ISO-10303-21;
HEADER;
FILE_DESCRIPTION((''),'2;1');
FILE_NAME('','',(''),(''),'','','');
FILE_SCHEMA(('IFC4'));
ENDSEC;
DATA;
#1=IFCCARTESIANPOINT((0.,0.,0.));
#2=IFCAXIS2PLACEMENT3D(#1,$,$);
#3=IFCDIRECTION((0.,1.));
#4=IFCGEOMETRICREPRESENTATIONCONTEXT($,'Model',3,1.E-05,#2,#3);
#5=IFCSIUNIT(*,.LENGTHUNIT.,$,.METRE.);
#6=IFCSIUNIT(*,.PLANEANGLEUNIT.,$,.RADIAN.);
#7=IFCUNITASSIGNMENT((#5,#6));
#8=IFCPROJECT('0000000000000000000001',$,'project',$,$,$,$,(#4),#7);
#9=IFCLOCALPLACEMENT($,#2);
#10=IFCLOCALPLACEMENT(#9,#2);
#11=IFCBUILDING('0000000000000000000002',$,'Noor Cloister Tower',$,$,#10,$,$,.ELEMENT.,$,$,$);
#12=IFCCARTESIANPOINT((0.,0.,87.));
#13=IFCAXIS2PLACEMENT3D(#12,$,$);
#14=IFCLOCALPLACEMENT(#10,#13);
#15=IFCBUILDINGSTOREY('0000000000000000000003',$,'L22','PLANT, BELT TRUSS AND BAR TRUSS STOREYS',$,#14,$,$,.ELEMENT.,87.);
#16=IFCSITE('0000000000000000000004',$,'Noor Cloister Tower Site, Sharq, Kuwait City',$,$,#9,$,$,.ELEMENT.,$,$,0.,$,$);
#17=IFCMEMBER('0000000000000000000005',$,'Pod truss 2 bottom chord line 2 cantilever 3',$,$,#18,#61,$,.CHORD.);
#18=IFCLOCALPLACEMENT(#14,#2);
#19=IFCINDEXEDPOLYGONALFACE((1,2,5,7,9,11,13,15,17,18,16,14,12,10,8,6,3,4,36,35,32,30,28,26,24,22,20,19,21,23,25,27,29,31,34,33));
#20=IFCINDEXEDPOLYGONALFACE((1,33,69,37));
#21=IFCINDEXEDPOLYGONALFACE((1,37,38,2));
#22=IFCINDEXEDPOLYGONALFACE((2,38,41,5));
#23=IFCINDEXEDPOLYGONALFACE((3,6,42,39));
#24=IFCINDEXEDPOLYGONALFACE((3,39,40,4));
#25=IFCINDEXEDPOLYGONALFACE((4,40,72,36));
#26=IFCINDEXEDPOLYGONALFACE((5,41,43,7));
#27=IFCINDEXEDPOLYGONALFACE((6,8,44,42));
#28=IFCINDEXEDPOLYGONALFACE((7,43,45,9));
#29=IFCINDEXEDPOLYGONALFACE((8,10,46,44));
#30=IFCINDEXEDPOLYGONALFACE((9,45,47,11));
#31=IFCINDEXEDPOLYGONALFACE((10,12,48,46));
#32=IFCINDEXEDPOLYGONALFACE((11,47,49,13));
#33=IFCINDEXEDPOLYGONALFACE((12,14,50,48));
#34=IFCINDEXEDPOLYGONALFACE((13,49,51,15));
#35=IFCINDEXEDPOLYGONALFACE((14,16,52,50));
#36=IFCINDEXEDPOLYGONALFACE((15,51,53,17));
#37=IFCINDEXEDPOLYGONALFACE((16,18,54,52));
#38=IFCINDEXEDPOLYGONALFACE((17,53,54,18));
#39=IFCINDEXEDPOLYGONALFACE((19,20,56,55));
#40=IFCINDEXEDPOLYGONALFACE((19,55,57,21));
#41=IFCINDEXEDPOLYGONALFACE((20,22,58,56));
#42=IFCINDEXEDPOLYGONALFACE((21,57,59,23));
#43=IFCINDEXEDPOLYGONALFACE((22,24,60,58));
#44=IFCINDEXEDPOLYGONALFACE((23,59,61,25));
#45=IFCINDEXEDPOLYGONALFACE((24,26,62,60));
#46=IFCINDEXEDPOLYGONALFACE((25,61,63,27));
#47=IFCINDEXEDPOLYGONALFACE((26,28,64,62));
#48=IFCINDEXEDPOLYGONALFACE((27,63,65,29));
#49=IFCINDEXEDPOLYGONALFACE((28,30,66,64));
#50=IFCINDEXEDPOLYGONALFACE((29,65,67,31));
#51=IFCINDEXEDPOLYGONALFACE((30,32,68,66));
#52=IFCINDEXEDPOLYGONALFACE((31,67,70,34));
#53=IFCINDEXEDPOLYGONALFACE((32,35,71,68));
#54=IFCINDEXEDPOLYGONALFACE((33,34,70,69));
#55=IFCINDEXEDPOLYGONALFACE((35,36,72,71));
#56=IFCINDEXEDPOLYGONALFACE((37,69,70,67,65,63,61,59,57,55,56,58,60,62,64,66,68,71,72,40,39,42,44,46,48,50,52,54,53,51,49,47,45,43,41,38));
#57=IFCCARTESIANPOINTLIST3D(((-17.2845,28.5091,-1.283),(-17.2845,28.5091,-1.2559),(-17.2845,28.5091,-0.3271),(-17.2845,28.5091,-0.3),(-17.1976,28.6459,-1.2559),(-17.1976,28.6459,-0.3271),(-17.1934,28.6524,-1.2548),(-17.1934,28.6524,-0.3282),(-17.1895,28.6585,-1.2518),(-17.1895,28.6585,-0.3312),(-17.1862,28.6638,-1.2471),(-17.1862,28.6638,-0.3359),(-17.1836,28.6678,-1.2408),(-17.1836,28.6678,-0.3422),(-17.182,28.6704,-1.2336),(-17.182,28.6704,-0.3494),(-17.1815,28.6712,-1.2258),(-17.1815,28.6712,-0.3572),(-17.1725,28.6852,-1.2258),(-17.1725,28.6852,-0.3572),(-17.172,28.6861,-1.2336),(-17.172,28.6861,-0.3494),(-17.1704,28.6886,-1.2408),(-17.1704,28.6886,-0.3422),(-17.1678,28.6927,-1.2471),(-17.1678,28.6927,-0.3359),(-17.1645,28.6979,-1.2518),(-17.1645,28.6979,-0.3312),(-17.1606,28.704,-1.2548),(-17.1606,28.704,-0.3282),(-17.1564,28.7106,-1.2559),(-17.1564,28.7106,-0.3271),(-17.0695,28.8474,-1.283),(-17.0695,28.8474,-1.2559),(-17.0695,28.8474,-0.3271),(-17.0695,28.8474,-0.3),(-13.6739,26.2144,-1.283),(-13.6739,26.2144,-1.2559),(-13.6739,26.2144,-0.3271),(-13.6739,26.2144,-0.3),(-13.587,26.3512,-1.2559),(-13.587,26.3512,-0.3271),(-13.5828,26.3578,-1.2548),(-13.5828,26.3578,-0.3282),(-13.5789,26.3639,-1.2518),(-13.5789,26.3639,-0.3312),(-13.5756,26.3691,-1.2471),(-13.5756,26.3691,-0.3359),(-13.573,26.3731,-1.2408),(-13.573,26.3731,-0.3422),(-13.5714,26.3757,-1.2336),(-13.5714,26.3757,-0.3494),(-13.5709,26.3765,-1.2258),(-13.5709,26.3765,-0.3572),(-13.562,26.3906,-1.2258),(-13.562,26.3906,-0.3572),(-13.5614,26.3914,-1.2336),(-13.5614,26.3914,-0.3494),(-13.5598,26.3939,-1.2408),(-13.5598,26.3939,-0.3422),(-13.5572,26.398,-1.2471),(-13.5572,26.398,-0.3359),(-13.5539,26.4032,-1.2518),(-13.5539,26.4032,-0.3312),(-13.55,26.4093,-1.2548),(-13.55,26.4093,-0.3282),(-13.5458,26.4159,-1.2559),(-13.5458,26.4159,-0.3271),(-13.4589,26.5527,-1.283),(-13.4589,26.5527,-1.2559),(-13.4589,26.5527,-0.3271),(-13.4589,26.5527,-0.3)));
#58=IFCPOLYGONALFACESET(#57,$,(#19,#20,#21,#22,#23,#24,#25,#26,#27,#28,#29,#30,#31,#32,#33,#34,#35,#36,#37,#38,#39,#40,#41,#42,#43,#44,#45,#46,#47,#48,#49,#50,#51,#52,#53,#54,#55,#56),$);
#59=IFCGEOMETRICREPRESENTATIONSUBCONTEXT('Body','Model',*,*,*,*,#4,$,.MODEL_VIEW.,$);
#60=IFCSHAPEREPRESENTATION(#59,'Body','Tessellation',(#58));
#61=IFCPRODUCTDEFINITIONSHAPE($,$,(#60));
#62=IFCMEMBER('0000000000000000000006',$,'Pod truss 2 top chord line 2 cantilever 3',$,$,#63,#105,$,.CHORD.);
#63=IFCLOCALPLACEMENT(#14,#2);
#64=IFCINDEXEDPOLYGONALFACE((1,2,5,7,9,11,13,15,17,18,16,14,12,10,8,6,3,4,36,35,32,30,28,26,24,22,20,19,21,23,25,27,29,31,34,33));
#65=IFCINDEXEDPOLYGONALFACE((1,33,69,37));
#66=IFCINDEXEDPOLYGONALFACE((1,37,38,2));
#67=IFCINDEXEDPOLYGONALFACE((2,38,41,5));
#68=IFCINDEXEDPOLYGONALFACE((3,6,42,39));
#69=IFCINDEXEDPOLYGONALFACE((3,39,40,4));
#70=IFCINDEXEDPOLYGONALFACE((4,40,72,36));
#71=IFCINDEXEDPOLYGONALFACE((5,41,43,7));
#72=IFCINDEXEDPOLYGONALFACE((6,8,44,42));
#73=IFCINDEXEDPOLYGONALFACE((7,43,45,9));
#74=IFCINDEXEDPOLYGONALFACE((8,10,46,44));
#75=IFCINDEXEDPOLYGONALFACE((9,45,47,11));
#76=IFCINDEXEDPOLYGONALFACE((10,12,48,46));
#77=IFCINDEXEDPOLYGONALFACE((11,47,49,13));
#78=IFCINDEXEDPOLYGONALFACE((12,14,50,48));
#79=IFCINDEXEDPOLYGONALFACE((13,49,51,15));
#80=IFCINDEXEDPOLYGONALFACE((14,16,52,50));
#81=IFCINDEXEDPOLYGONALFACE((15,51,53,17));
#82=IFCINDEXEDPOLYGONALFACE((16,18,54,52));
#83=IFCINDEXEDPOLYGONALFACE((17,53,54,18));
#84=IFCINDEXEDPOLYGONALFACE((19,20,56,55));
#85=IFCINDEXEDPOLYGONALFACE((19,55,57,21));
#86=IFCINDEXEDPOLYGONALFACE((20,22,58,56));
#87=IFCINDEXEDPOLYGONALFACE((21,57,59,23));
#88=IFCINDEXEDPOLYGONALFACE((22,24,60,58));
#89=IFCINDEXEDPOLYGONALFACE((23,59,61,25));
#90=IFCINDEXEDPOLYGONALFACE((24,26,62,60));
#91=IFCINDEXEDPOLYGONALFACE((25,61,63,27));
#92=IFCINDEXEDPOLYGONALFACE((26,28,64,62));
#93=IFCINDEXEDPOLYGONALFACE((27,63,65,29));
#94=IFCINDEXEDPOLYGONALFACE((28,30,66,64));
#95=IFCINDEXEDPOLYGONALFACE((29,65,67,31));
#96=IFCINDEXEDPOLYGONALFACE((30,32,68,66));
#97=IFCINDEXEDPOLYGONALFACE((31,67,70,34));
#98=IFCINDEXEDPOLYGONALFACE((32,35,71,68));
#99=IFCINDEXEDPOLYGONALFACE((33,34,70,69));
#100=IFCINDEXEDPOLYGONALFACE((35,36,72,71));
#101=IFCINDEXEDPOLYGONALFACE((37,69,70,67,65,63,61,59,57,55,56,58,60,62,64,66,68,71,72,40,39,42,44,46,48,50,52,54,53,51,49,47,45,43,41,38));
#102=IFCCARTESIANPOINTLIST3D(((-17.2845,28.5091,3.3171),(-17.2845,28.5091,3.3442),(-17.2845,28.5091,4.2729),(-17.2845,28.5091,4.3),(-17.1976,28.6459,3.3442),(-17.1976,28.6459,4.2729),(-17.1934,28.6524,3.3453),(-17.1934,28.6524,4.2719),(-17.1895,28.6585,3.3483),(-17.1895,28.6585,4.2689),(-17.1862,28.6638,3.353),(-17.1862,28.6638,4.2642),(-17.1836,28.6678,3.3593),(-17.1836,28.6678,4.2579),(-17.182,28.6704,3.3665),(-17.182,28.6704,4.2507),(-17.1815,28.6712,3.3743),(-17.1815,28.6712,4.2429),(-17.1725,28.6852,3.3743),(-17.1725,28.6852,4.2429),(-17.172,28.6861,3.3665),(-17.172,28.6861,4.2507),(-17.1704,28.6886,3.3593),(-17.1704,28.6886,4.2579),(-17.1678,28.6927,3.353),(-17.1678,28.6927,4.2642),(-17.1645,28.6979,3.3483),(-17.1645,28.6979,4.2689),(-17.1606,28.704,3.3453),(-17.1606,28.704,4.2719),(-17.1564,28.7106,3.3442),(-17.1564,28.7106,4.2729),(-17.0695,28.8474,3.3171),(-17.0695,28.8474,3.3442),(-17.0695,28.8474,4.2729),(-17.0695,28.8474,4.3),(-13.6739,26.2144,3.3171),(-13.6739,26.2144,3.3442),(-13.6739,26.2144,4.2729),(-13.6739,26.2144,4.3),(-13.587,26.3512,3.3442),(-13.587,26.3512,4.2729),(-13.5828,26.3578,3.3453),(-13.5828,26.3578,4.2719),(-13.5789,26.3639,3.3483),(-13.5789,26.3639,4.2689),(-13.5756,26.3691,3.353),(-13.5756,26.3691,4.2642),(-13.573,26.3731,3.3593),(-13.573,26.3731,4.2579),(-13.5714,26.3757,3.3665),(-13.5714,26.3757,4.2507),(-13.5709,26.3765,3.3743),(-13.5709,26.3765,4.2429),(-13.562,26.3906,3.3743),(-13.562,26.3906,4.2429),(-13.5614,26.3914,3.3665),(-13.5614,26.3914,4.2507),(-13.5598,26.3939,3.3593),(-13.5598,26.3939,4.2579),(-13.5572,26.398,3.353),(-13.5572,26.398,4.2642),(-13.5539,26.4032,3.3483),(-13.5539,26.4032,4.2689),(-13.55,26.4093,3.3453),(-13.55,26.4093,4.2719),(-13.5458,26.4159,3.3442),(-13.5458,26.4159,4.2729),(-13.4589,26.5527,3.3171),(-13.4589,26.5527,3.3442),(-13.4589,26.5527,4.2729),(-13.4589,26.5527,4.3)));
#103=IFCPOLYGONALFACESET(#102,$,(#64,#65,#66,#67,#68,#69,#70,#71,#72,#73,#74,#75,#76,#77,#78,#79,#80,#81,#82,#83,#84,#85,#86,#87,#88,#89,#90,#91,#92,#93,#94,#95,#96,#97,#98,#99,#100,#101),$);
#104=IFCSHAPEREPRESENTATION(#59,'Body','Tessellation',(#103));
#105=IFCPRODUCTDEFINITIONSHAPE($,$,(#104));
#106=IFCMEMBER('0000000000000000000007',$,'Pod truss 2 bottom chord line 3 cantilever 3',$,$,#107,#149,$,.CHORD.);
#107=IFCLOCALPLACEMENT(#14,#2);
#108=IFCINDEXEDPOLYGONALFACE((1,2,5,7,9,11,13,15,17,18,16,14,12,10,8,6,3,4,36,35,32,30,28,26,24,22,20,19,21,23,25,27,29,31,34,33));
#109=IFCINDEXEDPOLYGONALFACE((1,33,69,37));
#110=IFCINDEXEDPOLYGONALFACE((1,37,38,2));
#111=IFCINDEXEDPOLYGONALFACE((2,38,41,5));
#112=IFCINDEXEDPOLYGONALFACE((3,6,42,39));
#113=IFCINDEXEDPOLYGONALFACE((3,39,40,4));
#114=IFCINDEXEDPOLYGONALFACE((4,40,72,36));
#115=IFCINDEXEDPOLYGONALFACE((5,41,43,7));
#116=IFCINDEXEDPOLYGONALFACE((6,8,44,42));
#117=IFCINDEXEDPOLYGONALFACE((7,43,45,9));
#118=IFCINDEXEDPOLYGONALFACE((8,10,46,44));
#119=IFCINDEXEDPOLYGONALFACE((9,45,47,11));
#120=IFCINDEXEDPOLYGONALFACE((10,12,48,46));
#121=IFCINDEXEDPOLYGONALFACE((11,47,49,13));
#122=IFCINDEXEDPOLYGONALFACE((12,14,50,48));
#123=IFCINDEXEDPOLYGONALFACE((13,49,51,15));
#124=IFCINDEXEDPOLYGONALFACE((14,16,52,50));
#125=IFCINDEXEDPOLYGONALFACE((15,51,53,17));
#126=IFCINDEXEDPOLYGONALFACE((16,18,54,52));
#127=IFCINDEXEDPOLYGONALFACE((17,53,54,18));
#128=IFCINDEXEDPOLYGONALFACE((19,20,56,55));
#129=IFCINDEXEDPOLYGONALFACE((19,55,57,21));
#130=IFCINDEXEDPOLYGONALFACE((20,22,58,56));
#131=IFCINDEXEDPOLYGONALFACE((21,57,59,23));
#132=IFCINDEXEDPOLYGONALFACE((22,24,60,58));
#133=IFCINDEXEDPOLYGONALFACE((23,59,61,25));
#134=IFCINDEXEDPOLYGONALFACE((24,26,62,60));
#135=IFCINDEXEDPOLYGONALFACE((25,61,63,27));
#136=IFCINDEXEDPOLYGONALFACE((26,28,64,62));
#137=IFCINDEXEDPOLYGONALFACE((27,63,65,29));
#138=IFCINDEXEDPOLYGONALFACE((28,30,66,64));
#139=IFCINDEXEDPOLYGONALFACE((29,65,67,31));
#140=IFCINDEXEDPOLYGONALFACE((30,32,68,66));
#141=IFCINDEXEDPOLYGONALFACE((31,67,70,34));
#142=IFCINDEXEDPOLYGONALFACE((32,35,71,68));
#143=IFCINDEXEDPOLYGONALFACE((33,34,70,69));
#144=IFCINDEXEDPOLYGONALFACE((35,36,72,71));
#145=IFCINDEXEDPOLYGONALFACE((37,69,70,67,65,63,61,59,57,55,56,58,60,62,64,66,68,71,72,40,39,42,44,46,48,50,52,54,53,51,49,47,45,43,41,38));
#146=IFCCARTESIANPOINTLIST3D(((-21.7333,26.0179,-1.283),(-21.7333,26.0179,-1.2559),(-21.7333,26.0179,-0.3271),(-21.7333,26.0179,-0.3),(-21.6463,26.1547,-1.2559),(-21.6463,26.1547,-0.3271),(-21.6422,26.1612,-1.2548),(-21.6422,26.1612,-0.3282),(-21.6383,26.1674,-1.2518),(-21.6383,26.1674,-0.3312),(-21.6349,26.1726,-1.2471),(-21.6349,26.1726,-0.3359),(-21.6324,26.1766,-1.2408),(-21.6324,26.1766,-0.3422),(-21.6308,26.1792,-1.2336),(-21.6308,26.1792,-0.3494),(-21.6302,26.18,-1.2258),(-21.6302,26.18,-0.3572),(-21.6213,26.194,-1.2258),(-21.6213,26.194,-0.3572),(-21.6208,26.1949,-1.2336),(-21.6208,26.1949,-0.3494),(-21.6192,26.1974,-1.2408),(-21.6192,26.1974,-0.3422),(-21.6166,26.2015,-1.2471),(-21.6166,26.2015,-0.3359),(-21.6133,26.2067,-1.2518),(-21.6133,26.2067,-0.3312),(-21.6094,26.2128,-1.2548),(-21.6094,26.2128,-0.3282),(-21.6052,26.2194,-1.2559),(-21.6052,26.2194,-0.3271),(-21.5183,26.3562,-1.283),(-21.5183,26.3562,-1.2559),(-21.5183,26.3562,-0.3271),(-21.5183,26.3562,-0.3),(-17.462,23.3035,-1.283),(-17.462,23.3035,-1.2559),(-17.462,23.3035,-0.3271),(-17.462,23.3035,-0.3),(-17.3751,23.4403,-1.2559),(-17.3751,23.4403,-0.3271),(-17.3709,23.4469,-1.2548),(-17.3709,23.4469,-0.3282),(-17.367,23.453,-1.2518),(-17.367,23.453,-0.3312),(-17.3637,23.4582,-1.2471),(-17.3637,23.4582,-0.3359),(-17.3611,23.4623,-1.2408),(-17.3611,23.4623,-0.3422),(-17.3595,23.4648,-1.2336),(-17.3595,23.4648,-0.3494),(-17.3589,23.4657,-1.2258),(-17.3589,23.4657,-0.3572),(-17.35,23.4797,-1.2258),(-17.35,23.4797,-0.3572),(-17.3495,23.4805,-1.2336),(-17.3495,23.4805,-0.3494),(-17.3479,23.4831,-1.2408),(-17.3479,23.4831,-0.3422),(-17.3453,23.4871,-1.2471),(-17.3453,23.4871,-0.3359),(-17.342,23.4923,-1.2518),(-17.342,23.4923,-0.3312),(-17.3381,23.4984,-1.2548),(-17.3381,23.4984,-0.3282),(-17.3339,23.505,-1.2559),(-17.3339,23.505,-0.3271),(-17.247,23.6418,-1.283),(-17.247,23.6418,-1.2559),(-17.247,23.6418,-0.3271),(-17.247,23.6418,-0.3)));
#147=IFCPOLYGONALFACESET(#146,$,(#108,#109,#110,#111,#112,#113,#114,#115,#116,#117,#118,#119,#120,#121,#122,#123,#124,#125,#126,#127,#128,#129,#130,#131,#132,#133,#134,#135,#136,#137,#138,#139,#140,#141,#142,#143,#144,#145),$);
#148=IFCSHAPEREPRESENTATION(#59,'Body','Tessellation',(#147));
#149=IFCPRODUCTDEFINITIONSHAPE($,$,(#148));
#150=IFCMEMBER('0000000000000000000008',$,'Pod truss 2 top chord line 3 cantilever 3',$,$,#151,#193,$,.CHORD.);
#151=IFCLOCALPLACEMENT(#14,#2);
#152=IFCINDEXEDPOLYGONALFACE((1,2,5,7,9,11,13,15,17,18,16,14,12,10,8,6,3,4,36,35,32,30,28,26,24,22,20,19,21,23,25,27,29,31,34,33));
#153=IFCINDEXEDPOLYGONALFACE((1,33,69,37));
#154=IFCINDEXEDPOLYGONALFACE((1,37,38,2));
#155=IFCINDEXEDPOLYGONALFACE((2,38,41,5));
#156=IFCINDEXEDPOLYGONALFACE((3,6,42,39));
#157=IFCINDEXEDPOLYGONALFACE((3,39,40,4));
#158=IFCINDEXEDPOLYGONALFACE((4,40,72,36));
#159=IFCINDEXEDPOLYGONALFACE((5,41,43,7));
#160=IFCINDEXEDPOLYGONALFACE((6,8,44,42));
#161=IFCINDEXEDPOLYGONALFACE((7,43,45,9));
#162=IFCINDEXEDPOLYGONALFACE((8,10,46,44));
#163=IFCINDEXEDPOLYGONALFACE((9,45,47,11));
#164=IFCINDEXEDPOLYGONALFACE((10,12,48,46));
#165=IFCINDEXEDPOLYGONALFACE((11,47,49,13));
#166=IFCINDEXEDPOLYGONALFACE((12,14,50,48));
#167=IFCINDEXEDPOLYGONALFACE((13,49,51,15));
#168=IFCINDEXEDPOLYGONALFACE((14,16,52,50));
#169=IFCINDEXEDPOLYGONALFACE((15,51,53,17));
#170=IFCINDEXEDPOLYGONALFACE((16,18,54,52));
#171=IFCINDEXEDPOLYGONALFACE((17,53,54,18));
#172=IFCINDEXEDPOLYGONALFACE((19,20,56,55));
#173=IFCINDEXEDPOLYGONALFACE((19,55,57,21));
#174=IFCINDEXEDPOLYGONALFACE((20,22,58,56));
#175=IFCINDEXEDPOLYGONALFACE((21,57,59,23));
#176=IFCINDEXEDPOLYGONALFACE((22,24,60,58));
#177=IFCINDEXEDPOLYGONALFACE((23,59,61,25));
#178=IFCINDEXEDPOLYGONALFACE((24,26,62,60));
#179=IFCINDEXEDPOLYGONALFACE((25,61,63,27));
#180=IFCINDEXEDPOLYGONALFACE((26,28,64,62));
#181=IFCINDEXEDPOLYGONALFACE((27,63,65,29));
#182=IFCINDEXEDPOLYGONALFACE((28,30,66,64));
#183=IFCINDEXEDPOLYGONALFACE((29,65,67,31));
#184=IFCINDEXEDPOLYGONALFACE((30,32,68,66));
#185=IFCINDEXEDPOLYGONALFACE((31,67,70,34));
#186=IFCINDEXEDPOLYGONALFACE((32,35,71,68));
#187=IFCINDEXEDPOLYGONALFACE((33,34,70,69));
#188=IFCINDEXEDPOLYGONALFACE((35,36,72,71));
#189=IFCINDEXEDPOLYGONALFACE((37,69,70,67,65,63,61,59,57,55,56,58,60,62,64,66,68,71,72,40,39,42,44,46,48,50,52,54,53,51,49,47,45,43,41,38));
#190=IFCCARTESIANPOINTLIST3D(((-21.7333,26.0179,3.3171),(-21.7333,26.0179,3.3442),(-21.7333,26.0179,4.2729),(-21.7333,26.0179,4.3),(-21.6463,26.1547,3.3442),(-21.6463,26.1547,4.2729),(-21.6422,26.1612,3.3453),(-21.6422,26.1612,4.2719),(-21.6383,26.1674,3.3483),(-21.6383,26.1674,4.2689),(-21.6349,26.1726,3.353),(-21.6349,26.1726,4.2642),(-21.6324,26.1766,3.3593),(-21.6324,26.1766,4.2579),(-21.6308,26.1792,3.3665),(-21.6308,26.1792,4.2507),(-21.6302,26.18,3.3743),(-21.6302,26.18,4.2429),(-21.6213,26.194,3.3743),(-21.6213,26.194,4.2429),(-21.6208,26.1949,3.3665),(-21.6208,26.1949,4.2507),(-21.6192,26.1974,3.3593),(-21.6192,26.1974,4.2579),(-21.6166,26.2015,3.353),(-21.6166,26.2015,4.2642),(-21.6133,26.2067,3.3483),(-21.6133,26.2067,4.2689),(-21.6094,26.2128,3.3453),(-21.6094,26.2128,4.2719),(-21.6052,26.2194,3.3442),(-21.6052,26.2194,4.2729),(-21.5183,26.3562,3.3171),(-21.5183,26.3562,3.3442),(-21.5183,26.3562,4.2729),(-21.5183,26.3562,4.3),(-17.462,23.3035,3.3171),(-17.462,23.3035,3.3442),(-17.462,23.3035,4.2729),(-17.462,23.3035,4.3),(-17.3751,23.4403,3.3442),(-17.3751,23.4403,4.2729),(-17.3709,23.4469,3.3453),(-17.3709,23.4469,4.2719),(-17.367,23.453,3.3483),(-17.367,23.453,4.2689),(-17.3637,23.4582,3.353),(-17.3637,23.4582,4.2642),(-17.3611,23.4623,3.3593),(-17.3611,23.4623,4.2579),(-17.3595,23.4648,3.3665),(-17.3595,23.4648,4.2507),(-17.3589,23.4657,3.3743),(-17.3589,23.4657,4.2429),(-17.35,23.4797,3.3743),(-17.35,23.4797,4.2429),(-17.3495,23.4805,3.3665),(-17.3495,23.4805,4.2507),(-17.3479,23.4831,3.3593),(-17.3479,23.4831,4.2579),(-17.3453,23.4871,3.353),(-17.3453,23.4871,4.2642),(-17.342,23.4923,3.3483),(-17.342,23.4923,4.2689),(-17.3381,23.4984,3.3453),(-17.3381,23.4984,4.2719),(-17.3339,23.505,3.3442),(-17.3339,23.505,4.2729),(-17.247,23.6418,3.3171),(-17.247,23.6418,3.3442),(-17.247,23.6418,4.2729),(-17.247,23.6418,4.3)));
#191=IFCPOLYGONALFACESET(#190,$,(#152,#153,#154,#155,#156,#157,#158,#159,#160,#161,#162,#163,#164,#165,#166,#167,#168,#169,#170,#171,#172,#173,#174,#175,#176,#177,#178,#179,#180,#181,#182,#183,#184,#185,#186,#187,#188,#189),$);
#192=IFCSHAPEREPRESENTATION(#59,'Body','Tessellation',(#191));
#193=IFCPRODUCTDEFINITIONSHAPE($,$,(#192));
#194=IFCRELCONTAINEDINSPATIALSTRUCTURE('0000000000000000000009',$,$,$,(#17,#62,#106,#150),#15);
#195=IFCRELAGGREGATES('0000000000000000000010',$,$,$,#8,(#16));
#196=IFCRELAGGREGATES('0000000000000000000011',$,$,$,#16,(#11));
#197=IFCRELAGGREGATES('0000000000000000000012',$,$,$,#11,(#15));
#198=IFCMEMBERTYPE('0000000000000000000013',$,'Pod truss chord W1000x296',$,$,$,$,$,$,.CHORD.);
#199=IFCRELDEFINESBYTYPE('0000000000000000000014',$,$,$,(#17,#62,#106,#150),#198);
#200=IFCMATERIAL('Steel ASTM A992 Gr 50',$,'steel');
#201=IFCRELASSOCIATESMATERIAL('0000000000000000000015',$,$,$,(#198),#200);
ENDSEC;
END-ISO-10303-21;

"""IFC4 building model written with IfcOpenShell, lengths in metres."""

from ifc_helpers import new_model, si_unit, direction, frame, origin, origin_2d, place, context, subcontext, project, spatial, i_section, extrude, material, material_profile, profile_set, type_object, element, save


model = new_model("IFC4")

# Units and contexts
model_context = context("Model", 3, precision=1e-05, world=origin(), true_north=direction((0.0, 1.0)))
body_context = subcontext(model_context, "Body", "Model", "MODEL_VIEW")
ifc_project = project(units=[si_unit("LENGTHUNIT", "METRE"), si_unit("PLANEANGLEUNIT", "RADIAN")], contexts=[model_context])

# Site, building, storey
site_placement = place(None, origin())
site = spatial("IfcSite", under=ifc_project, at=site_placement, Name="Noor Cloister Tower Site, Sharq, Kuwait City", CompositionType="ELEMENT", RefElevation=0.0)
building_placement = place(site_placement, origin())
building = spatial("IfcBuilding", under=site, at=building_placement, Name="Noor Cloister Tower", CompositionType="ELEMENT")
storey_placement = place(building_placement, frame((0.0, 0.0, 87.0)))
storey = spatial("IfcBuildingStorey", under=building, at=storey_placement, Name="L22", Description="PLANT, BELT TRUSS AND BAR TRUSS STOREYS", CompositionType="ELEMENT", Elevation=87.0)

# Members
ifc_material_1 = material(Name="Steel ASTM A992 Gr 50", Category="steel")
ifc_material_profile_1 = material_profile(ifc_material_1, i_section(OverallWidth=0.4009, OverallDepth=0.9829, WebThickness=0.0166, FlangeThickness=0.0271, FilletRadius=0.03, at=origin_2d()), Name="W1000x296")
ifc_profile_set_1 = profile_set([ifc_material_profile_1], Name="Steel ASTM A992 Gr 50")
member_type_1 = type_object("IfcMemberType", Name="Pod truss chord W1000x296", PredefinedType="CHORD", material=ifc_profile_set_1)
for number, where, z_axis, x_axis, name in (
    (1, (-13.5664, 26.3835, -0.7915), (-0.843976, 0.536381, 0.0), (-0.536381, -0.843976, 0.0), "Pod truss 2 bottom chord line 2 cantilever 3"),
    (2, (-13.5664, 26.3835, 3.8086), (-0.843976, 0.536381, 0.0), (-0.536381, -0.843976, 0.0), "Pod truss 2 top chord line 2 cantilever 3"),
):
    element("IfcMember", number, at=place(storey_placement, frame(where, z_axis=z_axis, x_axis=x_axis)), inside=storey, type_object=member_type_1, Name=name, PredefinedType="CHORD", context=body_context, shape_type="SweptSolid", body=[
        extrude(i_section(OverallWidth=0.4009, OverallDepth=0.9829, WebThickness=0.0166, FlangeThickness=0.0271, FilletRadius=0.03, at=origin_2d()), origin(), (0.0, 0.0, 1.0), 4.2781),
    ])
for number, where, z_axis, x_axis, name in (
    (3, (-17.3545, 23.4727, -0.7915), (-0.843993, 0.536354, 0.0), (-0.536354, -0.843993, 0.0), "Pod truss 2 bottom chord line 3 cantilever 3"),
    (4, (-17.3545, 23.4727, 3.8086), (-0.843993, 0.536354, 0.0), (-0.536354, -0.843993, 0.0), "Pod truss 2 top chord line 3 cantilever 3"),
):
    element("IfcMember", number, at=place(storey_placement, frame(where, z_axis=z_axis, x_axis=x_axis)), inside=storey, type_object=member_type_1, Name=name, PredefinedType="CHORD", context=body_context, shape_type="SweptSolid", body=[
        extrude(i_section(OverallWidth=0.4009, OverallDepth=0.9829, WebThickness=0.0166, FlangeThickness=0.0271, FilletRadius=0.03, at=origin_2d()), origin(), (0.0, 0.0, 1.0), 5.0608),
    ])

save(model, "model.ifc")
